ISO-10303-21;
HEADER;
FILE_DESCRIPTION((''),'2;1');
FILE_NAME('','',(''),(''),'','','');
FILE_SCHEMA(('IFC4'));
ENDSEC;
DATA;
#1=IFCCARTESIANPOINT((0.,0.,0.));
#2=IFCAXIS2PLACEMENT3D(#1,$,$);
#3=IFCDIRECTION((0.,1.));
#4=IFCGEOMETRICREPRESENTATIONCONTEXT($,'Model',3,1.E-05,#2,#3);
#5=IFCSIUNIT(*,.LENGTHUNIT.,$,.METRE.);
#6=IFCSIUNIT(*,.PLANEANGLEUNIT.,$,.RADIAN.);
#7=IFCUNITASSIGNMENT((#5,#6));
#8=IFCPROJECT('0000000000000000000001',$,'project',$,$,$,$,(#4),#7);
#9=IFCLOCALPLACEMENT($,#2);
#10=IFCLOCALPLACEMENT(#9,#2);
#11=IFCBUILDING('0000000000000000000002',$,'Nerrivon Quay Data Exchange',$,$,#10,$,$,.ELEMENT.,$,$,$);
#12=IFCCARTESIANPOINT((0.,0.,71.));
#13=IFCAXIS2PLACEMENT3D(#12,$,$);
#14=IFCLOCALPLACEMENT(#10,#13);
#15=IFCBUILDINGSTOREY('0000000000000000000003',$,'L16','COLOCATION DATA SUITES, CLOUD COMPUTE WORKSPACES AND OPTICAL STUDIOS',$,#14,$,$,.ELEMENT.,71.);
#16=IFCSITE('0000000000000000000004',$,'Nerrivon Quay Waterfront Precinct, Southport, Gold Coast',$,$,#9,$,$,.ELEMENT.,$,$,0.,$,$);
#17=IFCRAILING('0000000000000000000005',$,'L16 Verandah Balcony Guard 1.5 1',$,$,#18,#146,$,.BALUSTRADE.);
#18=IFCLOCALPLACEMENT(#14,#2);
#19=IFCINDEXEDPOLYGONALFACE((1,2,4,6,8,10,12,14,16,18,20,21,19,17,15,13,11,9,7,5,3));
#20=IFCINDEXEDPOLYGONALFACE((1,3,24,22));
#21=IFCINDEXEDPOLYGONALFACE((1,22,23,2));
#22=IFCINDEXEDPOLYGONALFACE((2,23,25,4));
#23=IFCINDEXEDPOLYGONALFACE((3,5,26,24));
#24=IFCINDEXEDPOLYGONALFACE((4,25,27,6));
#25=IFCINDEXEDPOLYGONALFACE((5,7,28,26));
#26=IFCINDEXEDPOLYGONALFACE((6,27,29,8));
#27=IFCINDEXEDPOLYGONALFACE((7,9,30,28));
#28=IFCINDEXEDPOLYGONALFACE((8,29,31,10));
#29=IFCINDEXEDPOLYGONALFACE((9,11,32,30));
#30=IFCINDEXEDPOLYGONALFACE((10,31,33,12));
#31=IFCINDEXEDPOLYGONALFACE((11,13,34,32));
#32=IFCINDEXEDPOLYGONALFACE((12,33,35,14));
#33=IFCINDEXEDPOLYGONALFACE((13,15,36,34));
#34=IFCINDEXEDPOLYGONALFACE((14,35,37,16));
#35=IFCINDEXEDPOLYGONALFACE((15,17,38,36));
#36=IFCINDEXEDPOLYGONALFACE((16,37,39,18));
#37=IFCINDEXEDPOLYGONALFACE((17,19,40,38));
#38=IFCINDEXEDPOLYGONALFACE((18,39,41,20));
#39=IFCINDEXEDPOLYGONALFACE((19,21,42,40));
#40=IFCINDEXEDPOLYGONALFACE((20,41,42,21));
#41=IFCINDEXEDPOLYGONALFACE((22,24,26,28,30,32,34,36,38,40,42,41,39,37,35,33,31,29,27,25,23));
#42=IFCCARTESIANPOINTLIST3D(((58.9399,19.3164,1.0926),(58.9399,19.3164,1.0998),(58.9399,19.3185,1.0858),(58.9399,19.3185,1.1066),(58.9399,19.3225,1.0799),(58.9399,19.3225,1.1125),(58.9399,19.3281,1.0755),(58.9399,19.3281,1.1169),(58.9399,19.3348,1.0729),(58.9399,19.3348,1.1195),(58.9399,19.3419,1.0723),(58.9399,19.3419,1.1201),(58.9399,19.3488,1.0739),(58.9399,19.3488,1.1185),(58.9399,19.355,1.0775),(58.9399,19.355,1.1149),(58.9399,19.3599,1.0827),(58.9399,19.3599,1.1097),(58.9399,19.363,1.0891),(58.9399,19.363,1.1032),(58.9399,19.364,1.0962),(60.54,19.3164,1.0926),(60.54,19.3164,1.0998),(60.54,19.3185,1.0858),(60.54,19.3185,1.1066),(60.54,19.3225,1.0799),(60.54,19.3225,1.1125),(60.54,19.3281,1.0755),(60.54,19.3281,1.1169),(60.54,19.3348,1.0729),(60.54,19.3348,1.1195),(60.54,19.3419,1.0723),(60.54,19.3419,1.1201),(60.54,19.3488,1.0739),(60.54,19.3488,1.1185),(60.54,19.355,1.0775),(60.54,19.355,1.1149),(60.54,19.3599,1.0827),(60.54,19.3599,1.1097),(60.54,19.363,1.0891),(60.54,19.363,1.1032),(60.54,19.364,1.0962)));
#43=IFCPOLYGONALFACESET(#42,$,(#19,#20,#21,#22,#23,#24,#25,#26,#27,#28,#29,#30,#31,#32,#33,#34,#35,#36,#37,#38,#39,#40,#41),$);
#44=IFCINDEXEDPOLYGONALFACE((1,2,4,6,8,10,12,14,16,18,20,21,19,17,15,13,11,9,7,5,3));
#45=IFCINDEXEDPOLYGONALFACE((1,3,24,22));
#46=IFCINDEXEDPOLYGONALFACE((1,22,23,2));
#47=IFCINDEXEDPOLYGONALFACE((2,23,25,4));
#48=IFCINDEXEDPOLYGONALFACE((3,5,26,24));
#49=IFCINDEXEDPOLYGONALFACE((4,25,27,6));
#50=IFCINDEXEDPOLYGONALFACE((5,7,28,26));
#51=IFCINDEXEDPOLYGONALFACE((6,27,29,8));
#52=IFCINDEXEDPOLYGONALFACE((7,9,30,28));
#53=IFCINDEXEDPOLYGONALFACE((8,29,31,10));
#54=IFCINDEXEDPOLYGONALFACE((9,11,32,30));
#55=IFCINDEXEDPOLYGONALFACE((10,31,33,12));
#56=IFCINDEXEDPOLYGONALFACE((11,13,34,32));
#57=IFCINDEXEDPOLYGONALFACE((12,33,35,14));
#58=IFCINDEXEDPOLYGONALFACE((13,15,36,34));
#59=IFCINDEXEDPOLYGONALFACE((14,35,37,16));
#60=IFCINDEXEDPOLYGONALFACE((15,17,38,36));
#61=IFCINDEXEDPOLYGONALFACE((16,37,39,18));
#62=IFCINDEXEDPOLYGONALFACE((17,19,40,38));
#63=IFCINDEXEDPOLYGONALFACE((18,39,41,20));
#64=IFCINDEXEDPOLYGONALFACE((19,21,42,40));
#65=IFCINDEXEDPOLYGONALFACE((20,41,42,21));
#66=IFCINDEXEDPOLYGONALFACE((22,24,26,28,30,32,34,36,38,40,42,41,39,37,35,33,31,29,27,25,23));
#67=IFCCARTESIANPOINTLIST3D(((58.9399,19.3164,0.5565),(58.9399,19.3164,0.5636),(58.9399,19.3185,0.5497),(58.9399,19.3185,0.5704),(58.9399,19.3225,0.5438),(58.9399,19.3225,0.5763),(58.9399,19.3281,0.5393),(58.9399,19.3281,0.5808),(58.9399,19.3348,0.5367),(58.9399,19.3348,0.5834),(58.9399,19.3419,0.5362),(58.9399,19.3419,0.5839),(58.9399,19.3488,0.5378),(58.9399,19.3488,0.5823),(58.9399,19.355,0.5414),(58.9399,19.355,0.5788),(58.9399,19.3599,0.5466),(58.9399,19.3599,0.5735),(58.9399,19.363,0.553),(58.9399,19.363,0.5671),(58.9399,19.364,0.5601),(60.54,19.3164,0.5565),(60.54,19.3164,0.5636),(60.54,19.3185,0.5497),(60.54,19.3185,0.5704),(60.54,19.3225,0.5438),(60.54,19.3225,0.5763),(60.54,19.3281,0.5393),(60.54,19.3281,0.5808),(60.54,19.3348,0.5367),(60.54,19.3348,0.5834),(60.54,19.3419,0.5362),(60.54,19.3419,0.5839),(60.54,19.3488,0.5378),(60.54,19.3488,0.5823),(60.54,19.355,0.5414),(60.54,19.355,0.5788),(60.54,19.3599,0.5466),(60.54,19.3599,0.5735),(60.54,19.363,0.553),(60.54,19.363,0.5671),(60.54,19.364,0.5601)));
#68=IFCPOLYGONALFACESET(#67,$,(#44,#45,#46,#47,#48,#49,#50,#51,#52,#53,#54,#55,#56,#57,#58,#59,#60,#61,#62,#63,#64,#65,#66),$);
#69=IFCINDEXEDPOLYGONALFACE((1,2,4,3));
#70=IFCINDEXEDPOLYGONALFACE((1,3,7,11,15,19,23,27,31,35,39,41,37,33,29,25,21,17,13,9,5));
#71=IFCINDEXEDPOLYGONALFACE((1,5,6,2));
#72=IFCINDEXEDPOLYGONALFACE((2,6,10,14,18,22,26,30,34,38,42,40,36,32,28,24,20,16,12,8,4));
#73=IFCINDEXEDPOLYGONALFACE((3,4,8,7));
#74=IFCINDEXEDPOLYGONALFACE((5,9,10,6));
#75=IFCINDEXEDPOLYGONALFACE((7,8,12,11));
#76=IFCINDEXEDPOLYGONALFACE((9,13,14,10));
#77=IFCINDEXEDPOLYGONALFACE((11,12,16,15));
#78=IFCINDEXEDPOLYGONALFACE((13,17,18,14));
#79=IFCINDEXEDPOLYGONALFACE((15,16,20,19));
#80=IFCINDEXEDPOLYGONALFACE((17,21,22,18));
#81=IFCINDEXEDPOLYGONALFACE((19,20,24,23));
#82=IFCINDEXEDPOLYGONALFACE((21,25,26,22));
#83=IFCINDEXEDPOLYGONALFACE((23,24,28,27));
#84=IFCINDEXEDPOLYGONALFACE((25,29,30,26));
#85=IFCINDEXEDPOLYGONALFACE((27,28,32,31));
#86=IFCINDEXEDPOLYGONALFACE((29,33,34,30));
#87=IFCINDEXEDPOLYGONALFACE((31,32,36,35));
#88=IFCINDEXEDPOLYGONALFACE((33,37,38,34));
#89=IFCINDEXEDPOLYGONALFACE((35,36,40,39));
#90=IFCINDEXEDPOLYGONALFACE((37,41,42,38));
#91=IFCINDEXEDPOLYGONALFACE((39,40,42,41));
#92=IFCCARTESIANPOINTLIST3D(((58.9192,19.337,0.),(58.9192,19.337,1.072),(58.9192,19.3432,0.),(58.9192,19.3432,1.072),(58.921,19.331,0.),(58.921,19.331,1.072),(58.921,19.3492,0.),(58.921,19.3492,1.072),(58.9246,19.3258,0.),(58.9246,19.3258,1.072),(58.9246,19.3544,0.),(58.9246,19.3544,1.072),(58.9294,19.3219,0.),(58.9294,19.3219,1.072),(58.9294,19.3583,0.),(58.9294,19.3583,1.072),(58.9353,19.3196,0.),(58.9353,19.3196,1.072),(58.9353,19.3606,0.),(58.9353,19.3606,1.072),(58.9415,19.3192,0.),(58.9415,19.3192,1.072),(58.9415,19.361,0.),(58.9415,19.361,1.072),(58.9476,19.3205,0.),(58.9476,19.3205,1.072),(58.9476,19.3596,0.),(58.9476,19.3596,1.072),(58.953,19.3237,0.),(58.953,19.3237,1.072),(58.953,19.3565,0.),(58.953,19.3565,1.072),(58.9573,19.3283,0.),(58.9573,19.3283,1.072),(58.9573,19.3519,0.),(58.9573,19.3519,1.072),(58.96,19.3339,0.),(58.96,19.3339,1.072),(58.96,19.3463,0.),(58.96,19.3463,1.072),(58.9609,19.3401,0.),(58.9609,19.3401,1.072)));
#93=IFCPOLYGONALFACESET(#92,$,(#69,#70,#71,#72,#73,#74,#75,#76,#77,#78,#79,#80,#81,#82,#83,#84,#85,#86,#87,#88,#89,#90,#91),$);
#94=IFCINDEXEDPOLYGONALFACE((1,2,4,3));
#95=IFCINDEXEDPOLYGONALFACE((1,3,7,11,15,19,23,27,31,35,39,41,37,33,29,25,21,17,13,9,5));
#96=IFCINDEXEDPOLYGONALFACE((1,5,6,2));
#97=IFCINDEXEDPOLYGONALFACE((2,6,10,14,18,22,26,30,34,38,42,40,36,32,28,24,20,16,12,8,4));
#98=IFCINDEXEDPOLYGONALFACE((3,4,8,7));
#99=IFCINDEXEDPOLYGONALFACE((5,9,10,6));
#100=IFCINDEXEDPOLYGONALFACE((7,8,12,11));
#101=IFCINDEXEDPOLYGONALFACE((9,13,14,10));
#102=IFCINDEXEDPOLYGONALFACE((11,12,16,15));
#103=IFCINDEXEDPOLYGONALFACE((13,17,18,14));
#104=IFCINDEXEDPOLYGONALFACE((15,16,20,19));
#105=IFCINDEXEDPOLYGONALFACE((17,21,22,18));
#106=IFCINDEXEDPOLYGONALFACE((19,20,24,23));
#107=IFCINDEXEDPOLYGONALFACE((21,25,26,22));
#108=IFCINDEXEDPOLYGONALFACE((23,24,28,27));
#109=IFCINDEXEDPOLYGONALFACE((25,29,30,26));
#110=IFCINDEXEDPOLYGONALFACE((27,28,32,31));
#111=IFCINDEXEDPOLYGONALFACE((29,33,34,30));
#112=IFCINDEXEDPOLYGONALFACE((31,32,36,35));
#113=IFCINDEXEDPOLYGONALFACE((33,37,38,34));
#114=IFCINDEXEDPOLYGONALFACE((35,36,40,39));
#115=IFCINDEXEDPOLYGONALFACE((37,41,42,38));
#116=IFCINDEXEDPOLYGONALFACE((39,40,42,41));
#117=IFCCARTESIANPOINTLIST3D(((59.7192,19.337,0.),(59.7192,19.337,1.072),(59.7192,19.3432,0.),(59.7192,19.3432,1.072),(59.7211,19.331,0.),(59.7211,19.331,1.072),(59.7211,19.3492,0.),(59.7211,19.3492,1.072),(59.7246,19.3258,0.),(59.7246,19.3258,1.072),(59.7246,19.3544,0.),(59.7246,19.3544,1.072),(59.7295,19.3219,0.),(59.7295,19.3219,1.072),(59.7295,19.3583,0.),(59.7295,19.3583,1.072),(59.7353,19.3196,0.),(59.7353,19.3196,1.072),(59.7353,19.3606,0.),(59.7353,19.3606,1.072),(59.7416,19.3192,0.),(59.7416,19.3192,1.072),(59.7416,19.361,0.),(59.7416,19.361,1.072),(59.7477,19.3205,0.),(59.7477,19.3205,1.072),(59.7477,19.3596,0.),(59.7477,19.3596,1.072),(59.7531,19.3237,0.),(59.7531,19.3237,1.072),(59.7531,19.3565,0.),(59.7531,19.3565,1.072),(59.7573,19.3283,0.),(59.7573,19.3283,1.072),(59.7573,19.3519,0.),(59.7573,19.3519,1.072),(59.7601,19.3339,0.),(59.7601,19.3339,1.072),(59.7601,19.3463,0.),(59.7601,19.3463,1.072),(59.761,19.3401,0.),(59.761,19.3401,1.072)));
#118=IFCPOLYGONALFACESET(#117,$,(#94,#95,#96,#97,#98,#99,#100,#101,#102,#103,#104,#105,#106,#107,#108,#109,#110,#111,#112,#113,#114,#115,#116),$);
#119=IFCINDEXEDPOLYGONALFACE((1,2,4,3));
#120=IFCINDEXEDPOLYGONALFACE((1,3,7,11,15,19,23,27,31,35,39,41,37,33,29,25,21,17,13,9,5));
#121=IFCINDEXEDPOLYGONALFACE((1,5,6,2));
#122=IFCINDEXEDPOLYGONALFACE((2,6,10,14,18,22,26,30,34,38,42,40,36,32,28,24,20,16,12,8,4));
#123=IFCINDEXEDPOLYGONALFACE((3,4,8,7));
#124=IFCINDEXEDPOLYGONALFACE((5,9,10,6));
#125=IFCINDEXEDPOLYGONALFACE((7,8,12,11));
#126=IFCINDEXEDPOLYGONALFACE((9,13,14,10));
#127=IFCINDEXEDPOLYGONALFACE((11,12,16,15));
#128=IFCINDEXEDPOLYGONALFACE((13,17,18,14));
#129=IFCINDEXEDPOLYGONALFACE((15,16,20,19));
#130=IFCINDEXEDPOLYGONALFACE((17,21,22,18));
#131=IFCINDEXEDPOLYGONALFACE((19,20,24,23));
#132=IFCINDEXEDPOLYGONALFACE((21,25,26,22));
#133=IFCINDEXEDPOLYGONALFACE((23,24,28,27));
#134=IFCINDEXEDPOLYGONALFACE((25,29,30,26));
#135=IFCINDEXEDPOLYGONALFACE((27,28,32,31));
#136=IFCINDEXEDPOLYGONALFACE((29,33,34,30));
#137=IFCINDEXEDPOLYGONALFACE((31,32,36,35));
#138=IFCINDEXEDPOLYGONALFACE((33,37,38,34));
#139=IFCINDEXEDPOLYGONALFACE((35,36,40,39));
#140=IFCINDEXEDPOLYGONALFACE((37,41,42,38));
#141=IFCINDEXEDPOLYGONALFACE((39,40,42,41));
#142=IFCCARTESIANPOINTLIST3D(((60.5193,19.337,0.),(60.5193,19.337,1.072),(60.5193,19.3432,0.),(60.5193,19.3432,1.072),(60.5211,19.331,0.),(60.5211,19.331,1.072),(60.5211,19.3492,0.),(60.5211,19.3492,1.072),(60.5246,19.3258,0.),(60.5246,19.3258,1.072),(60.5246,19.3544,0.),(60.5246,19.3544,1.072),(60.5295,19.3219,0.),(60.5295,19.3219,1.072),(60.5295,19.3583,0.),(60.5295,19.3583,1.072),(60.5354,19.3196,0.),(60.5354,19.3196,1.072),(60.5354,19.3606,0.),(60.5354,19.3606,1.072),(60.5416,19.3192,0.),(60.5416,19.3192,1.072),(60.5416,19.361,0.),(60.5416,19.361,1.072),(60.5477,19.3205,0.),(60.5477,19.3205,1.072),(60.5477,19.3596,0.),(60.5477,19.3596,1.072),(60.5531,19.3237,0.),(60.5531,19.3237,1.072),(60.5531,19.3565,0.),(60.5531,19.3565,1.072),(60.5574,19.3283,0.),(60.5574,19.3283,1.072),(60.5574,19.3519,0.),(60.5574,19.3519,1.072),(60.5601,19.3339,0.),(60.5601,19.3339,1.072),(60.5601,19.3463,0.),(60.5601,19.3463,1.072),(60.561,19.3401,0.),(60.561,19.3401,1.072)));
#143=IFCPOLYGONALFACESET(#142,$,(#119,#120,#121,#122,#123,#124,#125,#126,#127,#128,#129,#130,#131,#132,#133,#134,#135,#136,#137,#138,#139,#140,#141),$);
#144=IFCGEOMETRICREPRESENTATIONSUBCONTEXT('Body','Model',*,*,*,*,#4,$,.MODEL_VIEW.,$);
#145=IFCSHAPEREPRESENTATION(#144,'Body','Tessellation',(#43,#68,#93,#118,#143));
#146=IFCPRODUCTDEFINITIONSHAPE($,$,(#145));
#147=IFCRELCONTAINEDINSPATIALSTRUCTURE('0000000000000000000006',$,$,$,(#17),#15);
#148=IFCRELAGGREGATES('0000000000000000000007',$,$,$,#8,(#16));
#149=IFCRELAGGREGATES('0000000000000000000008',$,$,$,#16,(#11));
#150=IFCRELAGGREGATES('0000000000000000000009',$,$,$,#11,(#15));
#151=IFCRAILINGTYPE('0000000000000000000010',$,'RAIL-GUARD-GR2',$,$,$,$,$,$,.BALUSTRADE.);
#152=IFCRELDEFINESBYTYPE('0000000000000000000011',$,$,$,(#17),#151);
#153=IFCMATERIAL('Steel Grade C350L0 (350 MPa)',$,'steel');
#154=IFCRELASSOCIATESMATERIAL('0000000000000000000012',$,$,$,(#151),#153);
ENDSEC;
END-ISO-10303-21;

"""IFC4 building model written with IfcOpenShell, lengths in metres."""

from ifc_helpers import new_model, si_unit, direction, frame, origin, origin_2d, place, context, subcontext, project, spatial, circle, extrude, material, type_object, element, save


model = new_model("IFC4")

# Units and contexts
model_context = context("Model", 3, precision=1e-05, world=origin(), true_north=direction((0.0, 1.0)))
body_context = subcontext(model_context, "Body", "Model", "MODEL_VIEW")
ifc_project = project(units=[si_unit("LENGTHUNIT", "METRE"), si_unit("PLANEANGLEUNIT", "RADIAN")], contexts=[model_context])

# Site, building, storey
site_placement = place(None, origin())
site = spatial("IfcSite", under=ifc_project, at=site_placement, Name="Nerrivon Quay Waterfront Precinct, Southport, Gold Coast", CompositionType="ELEMENT", RefElevation=0.0)
building_placement = place(site_placement, origin())
building = spatial("IfcBuilding", under=site, at=building_placement, Name="Nerrivon Quay Data Exchange", CompositionType="ELEMENT")
storey_placement = place(building_placement, frame((0.0, 0.0, 71.0)))
storey = spatial("IfcBuildingStorey", under=building, at=storey_placement, Name="L16", Description="COLOCATION DATA SUITES, CLOUD COMPUTE WORKSPACES AND OPTICAL STUDIOS", CompositionType="ELEMENT", Elevation=71.0)

# Railing
ifc_material_1 = material(Name="Steel Grade C350L0 (350 MPa)", Category="steel")
railing_type = type_object("IfcRailingType", Name="RAIL-GUARD-GR2", PredefinedType="BALUSTRADE", material=ifc_material_1)
railing_1_placement = place(storey_placement, frame((58.9399, 19.3401, 0.0)))
element("IfcRailing", 1, at=railing_1_placement, inside=storey, type_object=railing_type, Name="L16 Verandah Balcony Guard 1.5 1", PredefinedType="BALUSTRADE", context=body_context, shape_type="SweptSolid", body=[
    extrude(circle(Radius=0.0239, at=origin_2d()), frame((0.0, 0.0, 1.0962), z_axis=(1.0, 0.0, 0.0), x_axis=(0.0, 1.0, 0.0)), (0.0, 0.0, 1.0), 1.6001),
    extrude(circle(Radius=0.0239, at=origin_2d()), frame((0.0, 0.0, 0.5601), z_axis=(1.0, 0.0, 0.0), x_axis=(0.0, 1.0, 0.0)), (0.0, 0.0, 1.0), 1.6001),
    extrude(circle(Radius=0.021, at=origin_2d()), origin(), (0.0, 0.0, 1.0), 1.072),
    extrude(circle(Radius=0.021, at=origin_2d()), frame((0.8, 0.0, 0.0)), (0.0, 0.0, 1.0), 1.072),
    extrude(circle(Radius=0.021, at=origin_2d()), frame((1.6001, 0.0, 0.0)), (0.0, 0.0, 1.0), 1.072),
])

save(model, "model.ifc")
